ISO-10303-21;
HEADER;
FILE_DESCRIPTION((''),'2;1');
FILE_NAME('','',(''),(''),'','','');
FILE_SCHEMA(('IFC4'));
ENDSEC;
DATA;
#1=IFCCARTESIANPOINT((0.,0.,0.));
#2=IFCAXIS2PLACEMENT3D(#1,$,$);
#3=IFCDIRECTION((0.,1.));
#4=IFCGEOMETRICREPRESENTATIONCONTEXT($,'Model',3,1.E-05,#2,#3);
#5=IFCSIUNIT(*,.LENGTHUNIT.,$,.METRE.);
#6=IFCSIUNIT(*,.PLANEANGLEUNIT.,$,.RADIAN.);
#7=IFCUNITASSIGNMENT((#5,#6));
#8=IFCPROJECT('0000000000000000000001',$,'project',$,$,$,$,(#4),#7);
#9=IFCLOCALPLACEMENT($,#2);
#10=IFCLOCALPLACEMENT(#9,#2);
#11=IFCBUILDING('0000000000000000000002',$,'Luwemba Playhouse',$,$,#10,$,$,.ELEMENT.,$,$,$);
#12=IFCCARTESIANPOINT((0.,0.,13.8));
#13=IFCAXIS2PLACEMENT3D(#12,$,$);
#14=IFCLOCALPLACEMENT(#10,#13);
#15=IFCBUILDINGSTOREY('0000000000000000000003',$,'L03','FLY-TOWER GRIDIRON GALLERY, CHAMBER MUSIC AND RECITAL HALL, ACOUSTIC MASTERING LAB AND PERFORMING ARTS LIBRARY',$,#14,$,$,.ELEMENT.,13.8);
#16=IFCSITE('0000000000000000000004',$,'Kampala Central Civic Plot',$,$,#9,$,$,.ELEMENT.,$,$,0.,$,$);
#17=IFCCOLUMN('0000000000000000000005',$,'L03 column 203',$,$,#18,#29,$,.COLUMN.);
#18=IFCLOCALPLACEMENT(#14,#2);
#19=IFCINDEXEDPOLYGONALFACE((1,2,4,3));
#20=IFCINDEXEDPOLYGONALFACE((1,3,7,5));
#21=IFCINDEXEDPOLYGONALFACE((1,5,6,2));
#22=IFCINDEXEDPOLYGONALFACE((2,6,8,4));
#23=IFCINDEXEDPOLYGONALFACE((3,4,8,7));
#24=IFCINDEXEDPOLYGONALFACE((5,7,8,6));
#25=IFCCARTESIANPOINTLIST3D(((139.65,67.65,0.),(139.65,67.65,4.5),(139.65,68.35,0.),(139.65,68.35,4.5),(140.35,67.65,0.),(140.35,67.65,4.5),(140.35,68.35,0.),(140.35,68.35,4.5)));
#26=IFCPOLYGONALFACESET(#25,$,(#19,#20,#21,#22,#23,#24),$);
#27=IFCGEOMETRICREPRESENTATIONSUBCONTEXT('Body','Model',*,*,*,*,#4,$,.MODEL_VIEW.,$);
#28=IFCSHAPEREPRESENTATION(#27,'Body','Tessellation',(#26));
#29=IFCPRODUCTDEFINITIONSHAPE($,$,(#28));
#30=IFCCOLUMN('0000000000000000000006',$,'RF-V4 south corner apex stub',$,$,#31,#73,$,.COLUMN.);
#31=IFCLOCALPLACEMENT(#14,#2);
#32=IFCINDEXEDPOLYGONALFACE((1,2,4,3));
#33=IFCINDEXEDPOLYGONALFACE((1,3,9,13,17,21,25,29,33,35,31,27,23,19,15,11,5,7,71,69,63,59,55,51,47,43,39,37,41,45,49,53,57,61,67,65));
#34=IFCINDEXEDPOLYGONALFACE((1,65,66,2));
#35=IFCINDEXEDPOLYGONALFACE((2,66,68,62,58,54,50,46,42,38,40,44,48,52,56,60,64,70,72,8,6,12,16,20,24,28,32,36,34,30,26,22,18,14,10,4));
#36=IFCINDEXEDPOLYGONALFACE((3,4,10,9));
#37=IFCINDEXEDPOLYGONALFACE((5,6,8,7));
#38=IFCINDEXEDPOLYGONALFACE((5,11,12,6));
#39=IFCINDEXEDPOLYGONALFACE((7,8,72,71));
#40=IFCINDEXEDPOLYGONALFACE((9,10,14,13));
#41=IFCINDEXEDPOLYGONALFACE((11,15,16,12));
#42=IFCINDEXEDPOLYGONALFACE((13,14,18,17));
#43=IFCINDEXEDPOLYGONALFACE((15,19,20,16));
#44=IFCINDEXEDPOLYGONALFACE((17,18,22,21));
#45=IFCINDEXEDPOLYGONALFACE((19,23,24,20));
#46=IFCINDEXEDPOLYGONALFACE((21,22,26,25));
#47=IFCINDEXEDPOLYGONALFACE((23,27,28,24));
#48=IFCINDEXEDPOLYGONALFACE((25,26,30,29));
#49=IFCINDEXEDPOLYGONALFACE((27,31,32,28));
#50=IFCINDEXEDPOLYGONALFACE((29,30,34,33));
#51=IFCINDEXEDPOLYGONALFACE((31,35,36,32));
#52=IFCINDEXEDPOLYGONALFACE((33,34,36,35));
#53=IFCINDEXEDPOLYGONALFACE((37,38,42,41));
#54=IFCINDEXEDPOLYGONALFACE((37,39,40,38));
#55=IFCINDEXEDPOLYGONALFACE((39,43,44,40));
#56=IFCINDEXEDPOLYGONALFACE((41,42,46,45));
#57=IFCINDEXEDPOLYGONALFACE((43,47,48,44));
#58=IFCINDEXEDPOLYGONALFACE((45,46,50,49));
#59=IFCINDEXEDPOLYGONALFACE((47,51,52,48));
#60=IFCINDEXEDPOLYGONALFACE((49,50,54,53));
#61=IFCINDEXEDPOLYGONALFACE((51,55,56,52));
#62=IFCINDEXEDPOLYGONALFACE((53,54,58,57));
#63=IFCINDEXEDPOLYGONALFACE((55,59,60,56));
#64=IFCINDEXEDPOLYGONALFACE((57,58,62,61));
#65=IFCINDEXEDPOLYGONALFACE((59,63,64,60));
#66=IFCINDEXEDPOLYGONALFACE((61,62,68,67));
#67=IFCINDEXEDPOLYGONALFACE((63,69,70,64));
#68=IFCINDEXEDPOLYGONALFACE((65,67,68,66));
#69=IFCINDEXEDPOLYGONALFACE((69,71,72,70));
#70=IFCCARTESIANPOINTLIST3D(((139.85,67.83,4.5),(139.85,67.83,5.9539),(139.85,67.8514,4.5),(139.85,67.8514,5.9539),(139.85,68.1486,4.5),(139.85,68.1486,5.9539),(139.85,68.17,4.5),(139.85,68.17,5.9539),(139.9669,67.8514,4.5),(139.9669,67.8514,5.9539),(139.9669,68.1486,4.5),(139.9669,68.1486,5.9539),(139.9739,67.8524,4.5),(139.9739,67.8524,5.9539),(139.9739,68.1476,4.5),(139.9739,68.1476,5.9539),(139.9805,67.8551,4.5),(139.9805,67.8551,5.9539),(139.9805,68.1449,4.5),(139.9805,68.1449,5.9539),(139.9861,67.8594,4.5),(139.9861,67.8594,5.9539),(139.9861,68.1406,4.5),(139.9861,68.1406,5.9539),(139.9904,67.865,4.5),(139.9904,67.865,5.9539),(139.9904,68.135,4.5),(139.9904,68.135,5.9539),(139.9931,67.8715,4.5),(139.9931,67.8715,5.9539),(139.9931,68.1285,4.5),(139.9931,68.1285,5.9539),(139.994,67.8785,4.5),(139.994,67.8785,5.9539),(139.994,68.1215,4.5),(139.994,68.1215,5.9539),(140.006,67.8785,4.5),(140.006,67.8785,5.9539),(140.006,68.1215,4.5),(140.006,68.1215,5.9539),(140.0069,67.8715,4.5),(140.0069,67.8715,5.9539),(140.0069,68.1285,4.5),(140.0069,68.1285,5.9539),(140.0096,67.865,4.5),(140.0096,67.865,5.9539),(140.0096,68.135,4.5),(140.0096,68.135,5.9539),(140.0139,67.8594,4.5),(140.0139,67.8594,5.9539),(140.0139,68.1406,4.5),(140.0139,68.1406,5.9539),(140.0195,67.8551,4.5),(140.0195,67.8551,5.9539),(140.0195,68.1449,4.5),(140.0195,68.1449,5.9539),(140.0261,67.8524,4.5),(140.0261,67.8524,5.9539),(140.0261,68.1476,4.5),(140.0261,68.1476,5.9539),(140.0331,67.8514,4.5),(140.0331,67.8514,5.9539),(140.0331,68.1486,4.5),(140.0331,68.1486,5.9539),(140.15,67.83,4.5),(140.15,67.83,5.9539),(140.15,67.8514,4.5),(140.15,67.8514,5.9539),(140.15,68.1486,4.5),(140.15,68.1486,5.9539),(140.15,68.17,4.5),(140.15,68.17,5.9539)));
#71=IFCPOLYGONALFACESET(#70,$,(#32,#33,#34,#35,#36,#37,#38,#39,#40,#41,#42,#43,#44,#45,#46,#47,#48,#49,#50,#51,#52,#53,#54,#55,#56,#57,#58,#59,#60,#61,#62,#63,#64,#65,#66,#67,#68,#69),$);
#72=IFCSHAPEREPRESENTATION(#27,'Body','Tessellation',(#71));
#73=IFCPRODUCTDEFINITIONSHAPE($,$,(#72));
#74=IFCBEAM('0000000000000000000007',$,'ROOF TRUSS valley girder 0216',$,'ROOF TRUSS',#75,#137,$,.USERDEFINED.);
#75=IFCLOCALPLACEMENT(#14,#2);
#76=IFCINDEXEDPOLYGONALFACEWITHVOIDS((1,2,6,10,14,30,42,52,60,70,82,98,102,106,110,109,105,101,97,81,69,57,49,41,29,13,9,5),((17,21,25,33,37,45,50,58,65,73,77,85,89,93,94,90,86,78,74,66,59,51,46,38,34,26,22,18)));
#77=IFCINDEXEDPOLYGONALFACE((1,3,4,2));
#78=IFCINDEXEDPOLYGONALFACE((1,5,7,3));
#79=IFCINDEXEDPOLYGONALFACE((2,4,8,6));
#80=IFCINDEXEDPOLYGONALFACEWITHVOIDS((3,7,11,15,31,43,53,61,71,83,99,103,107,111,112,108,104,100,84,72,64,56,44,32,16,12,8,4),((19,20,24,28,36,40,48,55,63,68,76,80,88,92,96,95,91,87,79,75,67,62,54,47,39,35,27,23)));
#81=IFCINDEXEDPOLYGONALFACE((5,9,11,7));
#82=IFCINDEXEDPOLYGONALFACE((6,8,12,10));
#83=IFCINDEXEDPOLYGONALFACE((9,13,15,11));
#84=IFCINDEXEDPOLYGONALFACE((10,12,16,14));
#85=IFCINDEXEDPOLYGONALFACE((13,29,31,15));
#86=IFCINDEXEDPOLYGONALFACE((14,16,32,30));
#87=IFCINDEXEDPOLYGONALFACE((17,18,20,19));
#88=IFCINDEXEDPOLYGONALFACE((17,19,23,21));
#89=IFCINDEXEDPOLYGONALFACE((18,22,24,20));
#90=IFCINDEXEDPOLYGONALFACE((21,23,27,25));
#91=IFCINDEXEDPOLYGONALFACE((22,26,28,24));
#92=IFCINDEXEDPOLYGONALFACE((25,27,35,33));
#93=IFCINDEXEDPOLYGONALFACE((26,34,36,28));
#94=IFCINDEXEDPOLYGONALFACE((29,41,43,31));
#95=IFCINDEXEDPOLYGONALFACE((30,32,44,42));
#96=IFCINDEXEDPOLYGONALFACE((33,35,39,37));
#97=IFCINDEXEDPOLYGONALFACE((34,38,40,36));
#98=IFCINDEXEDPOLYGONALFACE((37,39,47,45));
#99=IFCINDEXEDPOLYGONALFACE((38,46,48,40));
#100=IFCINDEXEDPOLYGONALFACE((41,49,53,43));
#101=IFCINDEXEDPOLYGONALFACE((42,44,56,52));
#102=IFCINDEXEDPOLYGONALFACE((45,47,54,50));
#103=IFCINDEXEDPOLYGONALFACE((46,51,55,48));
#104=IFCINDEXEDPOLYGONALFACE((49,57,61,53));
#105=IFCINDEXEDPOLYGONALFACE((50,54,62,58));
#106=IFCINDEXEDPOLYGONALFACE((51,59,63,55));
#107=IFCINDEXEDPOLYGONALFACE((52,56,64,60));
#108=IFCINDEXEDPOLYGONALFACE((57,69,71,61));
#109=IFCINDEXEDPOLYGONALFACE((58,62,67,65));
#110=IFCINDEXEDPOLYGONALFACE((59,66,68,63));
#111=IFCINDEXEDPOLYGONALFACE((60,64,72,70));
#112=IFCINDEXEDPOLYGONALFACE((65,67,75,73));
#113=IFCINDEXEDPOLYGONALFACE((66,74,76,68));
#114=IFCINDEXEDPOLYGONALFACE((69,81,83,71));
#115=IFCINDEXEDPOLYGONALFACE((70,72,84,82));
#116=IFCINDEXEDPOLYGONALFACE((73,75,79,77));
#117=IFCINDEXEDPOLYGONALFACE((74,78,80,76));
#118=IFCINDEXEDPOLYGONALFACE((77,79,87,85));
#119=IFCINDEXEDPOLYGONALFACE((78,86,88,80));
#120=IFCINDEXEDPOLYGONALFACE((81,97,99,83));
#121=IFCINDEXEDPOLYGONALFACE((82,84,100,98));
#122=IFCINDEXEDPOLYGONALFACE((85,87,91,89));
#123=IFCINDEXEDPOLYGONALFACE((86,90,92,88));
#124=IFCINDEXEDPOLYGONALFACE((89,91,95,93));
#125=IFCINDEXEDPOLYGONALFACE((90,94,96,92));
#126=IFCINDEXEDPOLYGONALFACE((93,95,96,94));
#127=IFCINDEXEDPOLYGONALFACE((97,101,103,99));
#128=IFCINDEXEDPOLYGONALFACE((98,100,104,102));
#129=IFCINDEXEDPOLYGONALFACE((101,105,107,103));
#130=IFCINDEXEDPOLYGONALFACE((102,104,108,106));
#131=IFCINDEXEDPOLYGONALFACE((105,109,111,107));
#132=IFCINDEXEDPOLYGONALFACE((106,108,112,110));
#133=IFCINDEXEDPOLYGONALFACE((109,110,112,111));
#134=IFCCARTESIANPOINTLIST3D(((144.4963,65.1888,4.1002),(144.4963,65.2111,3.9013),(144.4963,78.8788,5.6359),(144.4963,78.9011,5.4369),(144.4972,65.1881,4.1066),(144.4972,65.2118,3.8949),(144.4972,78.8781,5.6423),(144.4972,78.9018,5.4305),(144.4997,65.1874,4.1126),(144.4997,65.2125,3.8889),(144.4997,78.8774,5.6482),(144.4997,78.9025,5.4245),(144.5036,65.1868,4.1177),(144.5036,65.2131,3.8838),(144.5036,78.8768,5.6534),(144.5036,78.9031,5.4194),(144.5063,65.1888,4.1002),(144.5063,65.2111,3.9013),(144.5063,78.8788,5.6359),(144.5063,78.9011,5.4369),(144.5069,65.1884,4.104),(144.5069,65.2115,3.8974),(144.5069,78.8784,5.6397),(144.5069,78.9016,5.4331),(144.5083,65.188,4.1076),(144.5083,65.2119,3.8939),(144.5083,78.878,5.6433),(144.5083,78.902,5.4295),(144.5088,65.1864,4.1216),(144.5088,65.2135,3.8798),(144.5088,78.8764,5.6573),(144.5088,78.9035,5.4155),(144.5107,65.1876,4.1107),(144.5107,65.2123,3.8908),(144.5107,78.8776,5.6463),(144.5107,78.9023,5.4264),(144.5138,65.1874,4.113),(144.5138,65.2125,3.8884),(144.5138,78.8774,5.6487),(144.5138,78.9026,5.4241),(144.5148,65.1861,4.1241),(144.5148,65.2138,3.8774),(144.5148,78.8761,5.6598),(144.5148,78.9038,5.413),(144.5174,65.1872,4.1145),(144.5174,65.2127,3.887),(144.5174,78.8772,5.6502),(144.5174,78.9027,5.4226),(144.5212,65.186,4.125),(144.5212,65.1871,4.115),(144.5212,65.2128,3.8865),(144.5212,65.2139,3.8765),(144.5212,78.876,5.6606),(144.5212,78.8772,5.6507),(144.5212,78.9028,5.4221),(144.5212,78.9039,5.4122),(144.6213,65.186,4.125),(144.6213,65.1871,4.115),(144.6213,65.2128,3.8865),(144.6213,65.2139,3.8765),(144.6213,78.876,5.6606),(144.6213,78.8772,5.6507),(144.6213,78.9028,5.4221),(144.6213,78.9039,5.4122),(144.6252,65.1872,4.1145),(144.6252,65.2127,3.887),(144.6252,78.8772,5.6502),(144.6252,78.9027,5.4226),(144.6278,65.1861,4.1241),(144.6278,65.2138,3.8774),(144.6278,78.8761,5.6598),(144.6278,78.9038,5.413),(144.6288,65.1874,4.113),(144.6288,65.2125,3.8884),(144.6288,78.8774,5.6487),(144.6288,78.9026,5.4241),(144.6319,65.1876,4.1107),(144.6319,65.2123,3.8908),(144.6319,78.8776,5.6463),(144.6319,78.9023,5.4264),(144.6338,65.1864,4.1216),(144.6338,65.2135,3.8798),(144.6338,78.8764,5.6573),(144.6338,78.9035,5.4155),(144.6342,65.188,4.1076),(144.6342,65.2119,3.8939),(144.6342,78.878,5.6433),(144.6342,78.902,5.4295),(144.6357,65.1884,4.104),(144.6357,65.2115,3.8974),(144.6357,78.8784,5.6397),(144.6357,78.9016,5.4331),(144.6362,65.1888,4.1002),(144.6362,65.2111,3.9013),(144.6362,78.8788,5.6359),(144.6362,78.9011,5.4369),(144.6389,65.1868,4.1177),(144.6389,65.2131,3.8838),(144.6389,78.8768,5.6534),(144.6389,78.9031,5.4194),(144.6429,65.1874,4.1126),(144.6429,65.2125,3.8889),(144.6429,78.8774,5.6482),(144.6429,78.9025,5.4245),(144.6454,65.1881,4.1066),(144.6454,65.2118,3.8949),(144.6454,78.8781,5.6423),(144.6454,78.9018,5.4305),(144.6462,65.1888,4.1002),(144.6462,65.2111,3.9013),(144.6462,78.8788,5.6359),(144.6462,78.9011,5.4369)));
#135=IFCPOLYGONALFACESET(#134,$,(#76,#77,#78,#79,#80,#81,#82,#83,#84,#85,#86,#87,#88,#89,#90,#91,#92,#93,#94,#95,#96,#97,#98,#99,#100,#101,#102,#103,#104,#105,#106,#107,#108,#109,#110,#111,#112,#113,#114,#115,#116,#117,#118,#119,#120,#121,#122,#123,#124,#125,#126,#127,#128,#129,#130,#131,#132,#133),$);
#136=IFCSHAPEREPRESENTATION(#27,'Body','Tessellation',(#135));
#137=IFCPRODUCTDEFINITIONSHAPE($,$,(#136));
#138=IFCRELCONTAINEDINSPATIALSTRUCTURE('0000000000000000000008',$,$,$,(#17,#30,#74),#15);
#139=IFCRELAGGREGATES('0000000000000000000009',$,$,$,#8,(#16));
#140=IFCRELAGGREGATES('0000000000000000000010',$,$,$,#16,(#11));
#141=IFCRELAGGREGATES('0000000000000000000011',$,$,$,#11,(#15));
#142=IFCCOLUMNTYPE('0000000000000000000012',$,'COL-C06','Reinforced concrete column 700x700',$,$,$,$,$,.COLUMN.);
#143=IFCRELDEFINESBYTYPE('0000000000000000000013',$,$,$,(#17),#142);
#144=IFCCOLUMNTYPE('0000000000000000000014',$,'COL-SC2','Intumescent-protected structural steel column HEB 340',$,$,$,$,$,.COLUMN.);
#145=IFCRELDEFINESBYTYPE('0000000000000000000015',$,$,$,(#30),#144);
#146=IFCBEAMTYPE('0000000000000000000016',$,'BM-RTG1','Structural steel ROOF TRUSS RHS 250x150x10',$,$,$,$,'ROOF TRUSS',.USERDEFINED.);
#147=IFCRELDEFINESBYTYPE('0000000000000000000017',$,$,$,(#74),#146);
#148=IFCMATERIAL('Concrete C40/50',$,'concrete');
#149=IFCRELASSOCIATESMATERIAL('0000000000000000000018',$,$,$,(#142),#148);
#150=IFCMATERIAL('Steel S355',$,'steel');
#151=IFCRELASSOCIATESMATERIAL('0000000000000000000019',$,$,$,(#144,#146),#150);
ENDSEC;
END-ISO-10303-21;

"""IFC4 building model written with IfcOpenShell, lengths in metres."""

from ifc_helpers import new_model, si_unit, direction, frame, origin, origin_2d, place, context, subcontext, project, spatial, rectangle, hollow_rectangle, i_section, extrude, material, material_profile, profile_set, type_object, element, save


model = new_model("IFC4")

# Units and contexts
model_context = context("Model", 3, precision=1e-05, world=origin(), true_north=direction((0.0, 1.0)))
body_context = subcontext(model_context, "Body", "Model", "MODEL_VIEW")
ifc_project = project(units=[si_unit("LENGTHUNIT", "METRE"), si_unit("PLANEANGLEUNIT", "RADIAN")], contexts=[model_context])

# Site, building, storey
site_placement = place(None, origin())
site = spatial("IfcSite", under=ifc_project, at=site_placement, Name="Kampala Central Civic Plot", CompositionType="ELEMENT", RefElevation=0.0)
building_placement = place(site_placement, origin())
building = spatial("IfcBuilding", under=site, at=building_placement, Name="Luwemba Playhouse", CompositionType="ELEMENT")
storey_placement = place(building_placement, frame((0.0, 0.0, 13.8)))
storey = spatial("IfcBuildingStorey", under=building, at=storey_placement, Name="L03", Description="FLY-TOWER GRIDIRON GALLERY, CHAMBER MUSIC AND RECITAL HALL, ACOUSTIC MASTERING LAB AND PERFORMING ARTS LIBRARY", CompositionType="ELEMENT", Elevation=13.8)

# Columns
ifc_material_1 = material(Name="Concrete C40/50", Category="concrete")
ifc_material_profile_1 = material_profile(ifc_material_1, rectangle(XDim=0.7, YDim=0.7, at=origin_2d()))
ifc_profile_set_1 = profile_set([ifc_material_profile_1], Name="Concrete C40/50")
column_type_1 = type_object("IfcColumnType", Name="COL-C06", Description="Reinforced concrete column 700x700", PredefinedType="COLUMN", material=ifc_profile_set_1)
column_1_placement = place(storey_placement, frame((140.0, 68.0, 0.0), z_axis=(0.0, 0.0, 1.0), x_axis=(1.0, 0.0, 0.0)))
element("IfcColumn", 1, at=column_1_placement, inside=storey, type_object=column_type_1, Name="L03 column 203", PredefinedType="COLUMN", context=body_context, shape_type="SweptSolid", body=[
    extrude(rectangle(XDim=0.7, YDim=0.7, at=origin_2d()), origin(), (0.0, 0.0, 1.0), 4.5),
])
ifc_material_2 = material(Name="Steel S355", Category="steel")
ifc_material_profile_2 = material_profile(ifc_material_2, i_section(OverallWidth=0.3, OverallDepth=0.3401, WebThickness=0.012, FlangeThickness=0.0215, FilletRadius=0.0271, at=origin_2d()))
ifc_profile_set_2 = profile_set([ifc_material_profile_2], Name="Steel S355")
column_type_2 = type_object("IfcColumnType", Name="COL-SC2", Description="Intumescent-protected structural steel column HEB 340", PredefinedType="COLUMN", material=ifc_profile_set_2)
column_2_placement = place(storey_placement, frame((140.0, 68.0, 4.5), z_axis=(0.0, 0.0, 1.0), x_axis=(1.0, 0.0, 0.0)))
element("IfcColumn", 2, at=column_2_placement, inside=storey, type_object=column_type_2, Name="RF-V4 south corner apex stub", PredefinedType="COLUMN", context=body_context, shape_type="SweptSolid", body=[
    extrude(i_section(OverallWidth=0.3, OverallDepth=0.3401, WebThickness=0.012, FlangeThickness=0.0215, FilletRadius=0.0271, at=origin_2d()), origin(), (0.0, 0.0, 1.0), 1.4539),
])

# Beam
ifc_material_profile_3 = material_profile(ifc_material_2, hollow_rectangle(XDim=0.1499, YDim=0.25, WallThickness=0.01, InnerFilletRadius=0.0149, OuterFilletRadius=0.0249, at=origin_2d()))
ifc_profile_set_3 = profile_set([ifc_material_profile_3], Name="Steel S355")
beam_type_1 = type_object("IfcBeamType", Name="BM-RTG1", Description="Structural steel ROOF TRUSS RHS 250x150x10", ElementType="ROOF TRUSS", PredefinedType="USERDEFINED", material=ifc_profile_set_3)
beam_1_placement = place(storey_placement, frame((144.5713, 65.2, 4.0007), z_axis=(0.0, 0.993767, 0.111474), x_axis=(-1.0, 0.0, 0.0)))
element("IfcBeam", 3, at=beam_1_placement, inside=storey, type_object=beam_type_1, Name="ROOF TRUSS valley girder 0216", ObjectType="ROOF TRUSS", PredefinedType="USERDEFINED", context=body_context, shape_type="SweptSolid", body=[
    extrude(hollow_rectangle(XDim=0.1499, YDim=0.25, WallThickness=0.01, InnerFilletRadius=0.0149, OuterFilletRadius=0.0249, at=origin_2d()), origin(), (0.0, 0.0, 1.0), 13.7759),
])

save(model, "model.ifc")
